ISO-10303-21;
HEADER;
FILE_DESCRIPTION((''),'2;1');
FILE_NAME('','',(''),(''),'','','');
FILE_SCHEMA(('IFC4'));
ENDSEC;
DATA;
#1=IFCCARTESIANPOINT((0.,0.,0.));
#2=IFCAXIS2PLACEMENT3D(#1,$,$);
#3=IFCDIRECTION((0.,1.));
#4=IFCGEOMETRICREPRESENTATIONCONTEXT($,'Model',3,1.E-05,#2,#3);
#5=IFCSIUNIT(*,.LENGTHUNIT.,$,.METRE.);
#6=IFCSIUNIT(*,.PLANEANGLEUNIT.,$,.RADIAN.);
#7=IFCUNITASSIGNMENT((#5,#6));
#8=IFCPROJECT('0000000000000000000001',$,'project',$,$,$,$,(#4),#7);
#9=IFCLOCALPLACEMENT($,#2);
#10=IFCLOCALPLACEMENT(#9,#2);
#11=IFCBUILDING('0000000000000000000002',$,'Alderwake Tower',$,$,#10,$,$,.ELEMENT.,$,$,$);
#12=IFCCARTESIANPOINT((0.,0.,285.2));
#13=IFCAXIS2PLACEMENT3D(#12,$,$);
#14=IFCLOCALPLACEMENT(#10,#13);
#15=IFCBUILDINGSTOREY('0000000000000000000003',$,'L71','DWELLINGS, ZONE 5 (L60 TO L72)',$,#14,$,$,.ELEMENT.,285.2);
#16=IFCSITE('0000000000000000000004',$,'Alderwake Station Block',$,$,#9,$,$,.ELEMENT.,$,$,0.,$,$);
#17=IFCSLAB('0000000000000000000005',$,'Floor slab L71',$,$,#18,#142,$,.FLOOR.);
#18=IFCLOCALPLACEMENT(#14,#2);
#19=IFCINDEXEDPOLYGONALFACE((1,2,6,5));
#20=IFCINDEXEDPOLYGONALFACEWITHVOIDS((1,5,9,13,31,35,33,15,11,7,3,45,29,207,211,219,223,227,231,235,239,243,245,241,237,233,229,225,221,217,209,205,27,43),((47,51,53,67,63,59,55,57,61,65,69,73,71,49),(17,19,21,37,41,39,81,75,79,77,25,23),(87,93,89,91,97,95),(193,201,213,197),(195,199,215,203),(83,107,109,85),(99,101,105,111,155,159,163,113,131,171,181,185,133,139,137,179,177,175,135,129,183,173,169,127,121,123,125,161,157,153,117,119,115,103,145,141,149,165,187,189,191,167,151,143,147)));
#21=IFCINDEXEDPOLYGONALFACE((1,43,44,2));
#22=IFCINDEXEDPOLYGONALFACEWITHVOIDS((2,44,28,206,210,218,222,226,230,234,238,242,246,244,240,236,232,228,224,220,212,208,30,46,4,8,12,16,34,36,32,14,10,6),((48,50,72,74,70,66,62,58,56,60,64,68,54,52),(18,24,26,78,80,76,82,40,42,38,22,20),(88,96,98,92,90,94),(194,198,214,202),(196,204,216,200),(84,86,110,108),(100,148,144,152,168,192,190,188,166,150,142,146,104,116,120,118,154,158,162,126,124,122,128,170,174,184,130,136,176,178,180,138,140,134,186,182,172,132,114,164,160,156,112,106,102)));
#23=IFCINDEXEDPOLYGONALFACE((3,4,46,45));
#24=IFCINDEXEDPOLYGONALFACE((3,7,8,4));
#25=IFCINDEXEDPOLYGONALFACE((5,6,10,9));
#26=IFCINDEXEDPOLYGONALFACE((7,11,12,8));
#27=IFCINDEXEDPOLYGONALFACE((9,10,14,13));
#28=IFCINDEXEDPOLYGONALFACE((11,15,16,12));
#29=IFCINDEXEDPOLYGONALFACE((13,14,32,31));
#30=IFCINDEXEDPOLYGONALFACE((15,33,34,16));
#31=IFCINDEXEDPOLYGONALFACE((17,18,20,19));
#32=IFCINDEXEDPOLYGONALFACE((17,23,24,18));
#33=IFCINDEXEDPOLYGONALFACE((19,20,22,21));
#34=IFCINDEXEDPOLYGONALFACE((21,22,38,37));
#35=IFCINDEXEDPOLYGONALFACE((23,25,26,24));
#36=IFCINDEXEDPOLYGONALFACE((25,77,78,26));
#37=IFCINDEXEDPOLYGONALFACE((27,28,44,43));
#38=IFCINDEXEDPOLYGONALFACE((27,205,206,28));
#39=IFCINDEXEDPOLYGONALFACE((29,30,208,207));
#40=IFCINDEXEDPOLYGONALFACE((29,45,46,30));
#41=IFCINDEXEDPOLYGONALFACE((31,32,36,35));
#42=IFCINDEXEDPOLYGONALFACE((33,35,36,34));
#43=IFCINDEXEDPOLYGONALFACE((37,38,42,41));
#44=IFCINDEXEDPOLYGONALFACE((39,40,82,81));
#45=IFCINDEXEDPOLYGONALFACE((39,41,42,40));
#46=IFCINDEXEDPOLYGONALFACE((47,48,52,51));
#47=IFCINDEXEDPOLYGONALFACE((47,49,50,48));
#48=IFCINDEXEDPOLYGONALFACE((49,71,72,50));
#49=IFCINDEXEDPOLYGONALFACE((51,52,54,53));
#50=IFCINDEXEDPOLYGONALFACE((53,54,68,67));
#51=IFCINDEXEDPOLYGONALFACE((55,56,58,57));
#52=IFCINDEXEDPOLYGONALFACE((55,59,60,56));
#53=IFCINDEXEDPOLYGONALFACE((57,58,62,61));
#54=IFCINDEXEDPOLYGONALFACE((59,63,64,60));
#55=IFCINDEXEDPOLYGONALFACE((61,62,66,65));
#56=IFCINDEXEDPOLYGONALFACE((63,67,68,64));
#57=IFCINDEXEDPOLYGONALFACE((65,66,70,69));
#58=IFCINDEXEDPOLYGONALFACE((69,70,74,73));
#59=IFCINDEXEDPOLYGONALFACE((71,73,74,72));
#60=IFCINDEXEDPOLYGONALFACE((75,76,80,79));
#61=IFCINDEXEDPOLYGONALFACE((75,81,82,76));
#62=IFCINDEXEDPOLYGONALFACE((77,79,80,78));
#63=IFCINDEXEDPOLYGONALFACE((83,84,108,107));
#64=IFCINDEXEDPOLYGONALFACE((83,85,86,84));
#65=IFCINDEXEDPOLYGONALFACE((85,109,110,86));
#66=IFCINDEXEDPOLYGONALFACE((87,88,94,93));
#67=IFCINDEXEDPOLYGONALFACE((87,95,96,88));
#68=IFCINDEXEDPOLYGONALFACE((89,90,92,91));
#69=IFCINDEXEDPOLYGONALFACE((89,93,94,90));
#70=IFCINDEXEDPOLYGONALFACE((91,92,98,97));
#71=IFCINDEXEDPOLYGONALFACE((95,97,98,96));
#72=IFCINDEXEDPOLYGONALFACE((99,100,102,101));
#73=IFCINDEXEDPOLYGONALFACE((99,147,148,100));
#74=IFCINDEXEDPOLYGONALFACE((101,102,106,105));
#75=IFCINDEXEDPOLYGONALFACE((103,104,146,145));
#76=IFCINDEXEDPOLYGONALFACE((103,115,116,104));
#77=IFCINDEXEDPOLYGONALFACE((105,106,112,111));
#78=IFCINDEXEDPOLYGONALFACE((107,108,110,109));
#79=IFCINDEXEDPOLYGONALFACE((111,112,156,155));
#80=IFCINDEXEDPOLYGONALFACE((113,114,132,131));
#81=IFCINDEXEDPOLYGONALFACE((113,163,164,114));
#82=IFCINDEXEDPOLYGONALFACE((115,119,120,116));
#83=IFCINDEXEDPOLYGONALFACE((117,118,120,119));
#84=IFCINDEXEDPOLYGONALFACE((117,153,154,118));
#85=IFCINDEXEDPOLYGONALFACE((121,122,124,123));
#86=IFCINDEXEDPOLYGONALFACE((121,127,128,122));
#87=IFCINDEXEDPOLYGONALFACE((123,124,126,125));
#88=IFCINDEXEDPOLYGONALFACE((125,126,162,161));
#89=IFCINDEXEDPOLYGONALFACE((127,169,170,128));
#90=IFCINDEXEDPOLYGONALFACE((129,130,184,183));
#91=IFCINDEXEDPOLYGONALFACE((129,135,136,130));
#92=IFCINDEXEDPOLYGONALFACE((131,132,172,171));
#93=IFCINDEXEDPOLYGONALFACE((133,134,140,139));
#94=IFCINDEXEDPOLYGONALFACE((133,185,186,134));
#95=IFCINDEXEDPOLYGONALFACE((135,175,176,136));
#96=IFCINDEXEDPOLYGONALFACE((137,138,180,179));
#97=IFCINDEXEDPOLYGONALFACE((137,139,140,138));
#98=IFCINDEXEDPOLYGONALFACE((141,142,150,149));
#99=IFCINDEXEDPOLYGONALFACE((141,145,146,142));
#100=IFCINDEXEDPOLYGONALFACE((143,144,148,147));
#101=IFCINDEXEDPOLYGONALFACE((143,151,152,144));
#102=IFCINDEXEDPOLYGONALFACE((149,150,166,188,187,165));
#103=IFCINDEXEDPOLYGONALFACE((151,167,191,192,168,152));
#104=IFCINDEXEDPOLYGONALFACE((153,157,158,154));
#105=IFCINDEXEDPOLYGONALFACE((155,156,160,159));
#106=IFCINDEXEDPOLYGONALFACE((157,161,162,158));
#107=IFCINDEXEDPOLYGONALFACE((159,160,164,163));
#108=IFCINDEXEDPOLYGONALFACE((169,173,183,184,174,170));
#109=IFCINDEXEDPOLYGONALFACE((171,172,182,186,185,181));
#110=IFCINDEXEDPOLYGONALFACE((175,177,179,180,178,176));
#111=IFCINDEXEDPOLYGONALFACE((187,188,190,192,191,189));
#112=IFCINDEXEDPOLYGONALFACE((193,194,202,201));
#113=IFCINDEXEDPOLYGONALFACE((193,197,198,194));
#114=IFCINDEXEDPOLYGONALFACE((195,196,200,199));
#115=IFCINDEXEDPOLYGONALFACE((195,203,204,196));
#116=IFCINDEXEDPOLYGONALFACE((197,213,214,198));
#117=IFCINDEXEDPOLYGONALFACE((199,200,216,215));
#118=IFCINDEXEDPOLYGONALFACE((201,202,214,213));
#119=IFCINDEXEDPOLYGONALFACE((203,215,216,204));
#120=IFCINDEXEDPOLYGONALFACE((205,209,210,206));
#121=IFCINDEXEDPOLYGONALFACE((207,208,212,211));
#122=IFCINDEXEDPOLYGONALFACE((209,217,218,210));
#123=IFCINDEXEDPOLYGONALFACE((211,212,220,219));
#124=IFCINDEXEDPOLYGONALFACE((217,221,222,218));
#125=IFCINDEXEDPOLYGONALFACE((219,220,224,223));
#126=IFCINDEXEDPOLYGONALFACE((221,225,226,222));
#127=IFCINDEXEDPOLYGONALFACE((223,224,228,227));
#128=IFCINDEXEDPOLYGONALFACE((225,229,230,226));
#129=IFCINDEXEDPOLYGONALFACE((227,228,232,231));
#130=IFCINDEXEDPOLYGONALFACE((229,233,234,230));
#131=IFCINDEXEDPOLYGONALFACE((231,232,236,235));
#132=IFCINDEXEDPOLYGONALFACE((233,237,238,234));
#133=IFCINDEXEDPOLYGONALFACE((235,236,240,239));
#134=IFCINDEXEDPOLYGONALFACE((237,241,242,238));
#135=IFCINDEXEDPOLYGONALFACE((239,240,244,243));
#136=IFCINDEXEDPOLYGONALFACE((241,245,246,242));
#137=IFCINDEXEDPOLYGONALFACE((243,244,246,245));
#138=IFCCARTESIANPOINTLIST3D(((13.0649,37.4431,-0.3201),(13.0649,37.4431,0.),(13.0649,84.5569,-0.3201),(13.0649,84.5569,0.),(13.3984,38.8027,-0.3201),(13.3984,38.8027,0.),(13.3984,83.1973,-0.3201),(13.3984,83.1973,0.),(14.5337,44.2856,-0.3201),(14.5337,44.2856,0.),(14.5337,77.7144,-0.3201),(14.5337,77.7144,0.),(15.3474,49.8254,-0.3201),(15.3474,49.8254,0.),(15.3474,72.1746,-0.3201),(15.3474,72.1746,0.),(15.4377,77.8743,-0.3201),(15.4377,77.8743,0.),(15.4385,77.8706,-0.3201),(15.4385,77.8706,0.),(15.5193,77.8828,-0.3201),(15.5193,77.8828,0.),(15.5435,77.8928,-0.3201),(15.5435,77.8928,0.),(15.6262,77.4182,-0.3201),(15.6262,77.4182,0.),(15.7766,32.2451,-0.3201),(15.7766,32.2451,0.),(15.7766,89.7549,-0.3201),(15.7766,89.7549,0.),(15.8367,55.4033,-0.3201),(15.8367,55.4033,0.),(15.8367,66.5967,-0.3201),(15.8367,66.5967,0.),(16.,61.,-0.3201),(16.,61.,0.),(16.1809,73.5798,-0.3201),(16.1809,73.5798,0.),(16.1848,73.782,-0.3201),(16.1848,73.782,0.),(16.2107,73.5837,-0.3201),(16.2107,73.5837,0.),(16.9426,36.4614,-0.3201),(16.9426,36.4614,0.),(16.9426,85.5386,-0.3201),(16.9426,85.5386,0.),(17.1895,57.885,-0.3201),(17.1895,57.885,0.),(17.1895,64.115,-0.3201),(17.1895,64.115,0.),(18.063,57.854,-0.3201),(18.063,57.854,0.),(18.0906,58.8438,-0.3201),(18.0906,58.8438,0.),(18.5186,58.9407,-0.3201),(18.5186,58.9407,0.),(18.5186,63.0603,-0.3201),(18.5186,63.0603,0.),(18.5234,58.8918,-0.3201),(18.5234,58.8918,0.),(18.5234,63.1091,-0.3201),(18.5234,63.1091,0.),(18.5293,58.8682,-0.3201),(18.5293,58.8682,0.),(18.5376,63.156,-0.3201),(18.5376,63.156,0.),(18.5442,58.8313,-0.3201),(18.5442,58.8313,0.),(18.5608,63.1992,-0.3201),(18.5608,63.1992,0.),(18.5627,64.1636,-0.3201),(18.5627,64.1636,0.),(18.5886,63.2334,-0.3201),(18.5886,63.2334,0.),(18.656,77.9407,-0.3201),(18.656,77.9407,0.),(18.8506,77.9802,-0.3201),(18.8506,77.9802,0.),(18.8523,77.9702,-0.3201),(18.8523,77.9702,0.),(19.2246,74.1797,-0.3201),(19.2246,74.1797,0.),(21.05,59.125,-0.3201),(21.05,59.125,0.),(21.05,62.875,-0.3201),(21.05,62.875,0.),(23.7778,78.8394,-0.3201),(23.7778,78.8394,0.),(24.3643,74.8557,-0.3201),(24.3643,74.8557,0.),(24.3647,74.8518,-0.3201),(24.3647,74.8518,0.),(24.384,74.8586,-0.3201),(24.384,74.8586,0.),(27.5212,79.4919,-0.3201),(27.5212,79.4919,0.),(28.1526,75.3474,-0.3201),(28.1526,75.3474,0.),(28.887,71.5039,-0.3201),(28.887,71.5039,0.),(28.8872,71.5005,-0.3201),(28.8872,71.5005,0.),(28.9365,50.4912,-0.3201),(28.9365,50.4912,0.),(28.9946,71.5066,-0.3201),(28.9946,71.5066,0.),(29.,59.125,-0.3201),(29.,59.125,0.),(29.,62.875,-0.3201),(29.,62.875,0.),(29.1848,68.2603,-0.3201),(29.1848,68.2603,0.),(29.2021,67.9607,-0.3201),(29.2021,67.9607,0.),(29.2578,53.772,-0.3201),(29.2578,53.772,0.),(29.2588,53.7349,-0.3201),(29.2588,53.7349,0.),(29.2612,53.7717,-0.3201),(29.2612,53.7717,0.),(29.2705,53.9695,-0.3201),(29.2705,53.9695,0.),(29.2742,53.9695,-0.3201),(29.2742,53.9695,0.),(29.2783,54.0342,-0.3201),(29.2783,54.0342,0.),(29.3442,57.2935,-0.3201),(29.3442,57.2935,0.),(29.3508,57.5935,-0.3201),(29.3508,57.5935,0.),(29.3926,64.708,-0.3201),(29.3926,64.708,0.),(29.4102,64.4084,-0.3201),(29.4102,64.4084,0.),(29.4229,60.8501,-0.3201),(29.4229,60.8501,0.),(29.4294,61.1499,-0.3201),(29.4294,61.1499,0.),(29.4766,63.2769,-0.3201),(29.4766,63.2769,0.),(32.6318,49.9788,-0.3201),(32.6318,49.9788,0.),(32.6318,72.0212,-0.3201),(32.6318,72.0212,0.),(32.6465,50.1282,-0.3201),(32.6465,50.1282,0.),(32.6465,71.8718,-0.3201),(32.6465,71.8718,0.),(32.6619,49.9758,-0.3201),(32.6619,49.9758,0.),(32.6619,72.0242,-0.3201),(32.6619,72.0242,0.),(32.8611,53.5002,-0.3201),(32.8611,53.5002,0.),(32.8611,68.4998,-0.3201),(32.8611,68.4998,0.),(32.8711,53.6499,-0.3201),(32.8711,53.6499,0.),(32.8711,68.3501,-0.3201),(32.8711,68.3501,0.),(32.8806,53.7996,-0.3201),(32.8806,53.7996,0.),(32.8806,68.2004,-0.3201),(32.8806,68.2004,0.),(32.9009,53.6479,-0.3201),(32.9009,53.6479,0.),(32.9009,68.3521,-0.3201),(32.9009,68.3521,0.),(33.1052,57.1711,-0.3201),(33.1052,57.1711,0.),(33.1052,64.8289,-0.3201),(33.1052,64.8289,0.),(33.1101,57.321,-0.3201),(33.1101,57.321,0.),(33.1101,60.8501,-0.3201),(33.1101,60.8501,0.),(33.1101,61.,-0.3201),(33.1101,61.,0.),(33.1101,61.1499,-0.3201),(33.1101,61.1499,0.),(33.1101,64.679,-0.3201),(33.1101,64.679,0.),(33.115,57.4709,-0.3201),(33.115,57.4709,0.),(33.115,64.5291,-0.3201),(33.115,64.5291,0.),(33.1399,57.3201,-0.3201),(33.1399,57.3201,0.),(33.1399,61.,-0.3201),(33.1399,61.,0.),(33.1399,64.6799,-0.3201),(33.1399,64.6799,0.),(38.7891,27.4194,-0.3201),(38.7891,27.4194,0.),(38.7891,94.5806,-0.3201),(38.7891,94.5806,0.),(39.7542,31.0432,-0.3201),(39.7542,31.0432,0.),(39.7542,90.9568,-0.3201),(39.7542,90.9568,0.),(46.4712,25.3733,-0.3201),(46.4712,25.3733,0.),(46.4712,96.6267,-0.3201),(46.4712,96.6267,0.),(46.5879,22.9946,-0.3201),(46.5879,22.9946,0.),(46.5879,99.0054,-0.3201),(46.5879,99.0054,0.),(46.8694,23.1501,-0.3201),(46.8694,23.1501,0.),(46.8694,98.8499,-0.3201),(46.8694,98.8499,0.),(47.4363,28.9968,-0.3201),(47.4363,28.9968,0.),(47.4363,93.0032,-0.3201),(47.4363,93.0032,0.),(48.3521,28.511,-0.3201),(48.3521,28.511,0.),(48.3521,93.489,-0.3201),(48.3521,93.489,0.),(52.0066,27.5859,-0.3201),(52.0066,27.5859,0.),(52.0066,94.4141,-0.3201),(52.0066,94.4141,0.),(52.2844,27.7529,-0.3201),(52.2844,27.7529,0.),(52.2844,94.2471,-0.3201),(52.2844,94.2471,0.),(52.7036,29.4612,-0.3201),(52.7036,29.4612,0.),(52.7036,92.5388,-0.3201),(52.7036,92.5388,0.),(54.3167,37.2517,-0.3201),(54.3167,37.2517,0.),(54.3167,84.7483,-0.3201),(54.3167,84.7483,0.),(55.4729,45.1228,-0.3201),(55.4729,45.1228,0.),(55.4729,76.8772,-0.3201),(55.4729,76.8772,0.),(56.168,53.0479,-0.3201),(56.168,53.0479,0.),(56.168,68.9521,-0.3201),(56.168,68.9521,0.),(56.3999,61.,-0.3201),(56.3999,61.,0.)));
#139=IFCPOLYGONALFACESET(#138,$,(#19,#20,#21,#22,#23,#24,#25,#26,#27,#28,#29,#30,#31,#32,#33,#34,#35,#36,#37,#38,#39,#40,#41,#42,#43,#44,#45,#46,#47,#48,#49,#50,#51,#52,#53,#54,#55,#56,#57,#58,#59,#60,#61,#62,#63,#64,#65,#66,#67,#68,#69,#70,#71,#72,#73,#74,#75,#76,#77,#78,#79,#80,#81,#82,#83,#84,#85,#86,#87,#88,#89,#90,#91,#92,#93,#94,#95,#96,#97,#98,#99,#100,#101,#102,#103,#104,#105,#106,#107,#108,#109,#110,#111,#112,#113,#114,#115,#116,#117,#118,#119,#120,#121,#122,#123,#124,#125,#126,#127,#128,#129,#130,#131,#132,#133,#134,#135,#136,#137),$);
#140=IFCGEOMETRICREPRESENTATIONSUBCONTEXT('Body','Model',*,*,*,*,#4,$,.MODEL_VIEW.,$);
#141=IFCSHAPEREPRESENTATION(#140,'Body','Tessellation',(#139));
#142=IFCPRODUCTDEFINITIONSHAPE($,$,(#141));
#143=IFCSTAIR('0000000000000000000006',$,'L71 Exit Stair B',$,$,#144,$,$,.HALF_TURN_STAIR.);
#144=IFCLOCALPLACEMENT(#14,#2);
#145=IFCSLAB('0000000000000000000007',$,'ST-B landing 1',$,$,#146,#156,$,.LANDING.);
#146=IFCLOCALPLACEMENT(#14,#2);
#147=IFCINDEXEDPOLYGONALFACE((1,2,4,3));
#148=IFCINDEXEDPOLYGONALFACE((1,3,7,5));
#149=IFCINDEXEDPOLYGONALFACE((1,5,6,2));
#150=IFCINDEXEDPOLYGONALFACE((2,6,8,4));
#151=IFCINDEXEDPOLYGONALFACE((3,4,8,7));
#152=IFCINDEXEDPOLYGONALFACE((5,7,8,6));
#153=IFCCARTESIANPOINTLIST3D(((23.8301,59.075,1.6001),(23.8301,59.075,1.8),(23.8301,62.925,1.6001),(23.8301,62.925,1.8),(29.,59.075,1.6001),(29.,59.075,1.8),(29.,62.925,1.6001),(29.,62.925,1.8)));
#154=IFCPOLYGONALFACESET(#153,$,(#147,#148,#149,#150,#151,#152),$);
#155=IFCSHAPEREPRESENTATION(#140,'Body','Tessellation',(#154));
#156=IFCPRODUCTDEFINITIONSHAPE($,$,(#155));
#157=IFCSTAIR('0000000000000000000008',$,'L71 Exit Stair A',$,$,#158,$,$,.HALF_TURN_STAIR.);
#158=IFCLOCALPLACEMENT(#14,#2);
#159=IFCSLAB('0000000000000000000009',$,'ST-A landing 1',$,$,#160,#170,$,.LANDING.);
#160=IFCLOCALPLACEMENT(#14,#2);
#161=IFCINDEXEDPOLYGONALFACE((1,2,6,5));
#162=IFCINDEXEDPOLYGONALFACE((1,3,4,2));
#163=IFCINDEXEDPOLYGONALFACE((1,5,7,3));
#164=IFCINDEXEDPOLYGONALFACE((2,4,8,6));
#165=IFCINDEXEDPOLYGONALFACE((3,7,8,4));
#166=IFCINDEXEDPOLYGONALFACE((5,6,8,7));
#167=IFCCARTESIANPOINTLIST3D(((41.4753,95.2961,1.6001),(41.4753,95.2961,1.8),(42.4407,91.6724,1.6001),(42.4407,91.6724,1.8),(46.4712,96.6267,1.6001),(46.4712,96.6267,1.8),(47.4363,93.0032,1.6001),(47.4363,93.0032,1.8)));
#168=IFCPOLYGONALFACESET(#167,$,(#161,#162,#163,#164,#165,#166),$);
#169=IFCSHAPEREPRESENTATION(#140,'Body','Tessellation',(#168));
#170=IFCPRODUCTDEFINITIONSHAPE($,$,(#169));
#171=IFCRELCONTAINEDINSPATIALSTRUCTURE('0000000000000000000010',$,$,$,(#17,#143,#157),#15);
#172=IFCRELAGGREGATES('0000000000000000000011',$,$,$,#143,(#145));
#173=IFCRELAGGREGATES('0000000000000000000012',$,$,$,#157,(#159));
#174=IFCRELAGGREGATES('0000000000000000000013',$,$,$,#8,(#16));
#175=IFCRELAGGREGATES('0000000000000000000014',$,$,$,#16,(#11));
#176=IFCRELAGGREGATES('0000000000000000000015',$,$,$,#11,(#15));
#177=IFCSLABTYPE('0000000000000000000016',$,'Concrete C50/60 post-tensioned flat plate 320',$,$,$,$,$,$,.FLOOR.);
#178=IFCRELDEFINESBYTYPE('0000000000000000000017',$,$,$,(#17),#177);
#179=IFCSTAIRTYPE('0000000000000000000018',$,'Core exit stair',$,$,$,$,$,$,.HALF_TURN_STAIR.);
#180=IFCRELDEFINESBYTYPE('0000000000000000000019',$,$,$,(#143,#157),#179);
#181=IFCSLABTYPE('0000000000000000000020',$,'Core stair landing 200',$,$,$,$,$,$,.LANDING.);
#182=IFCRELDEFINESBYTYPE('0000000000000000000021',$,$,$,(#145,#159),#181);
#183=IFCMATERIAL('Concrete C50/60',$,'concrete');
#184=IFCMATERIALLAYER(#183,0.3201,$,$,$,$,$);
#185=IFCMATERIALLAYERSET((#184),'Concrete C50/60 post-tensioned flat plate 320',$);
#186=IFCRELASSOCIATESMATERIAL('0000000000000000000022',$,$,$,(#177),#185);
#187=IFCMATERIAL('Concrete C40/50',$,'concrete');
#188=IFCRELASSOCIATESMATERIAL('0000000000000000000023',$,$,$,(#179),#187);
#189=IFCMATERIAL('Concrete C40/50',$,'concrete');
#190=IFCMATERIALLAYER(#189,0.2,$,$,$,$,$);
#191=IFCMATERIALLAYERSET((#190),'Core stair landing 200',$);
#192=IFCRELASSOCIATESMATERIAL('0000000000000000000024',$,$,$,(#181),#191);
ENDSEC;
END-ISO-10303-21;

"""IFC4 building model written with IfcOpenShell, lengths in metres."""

from ifc_helpers import new_model, si_unit, direction, frame, origin, place, context, subcontext, project, spatial, polyline, outline, extrude, material, layer, layer_set, type_object, element, aggregate, save


model = new_model("IFC4")

# Units and contexts
model_context = context("Model", 3, precision=1e-05, world=origin(), true_north=direction((0.0, 1.0)))
body_context = subcontext(model_context, "Body", "Model", "MODEL_VIEW")
ifc_project = project(units=[si_unit("LENGTHUNIT", "METRE"), si_unit("PLANEANGLEUNIT", "RADIAN")], contexts=[model_context])

# Site, building, storey
site_placement = place(None, origin())
site = spatial("IfcSite", under=ifc_project, at=site_placement, Name="Alderwake Station Block", CompositionType="ELEMENT", RefElevation=0.0)
building_placement = place(site_placement, origin())
building = spatial("IfcBuilding", under=site, at=building_placement, Name="Alderwake Tower", CompositionType="ELEMENT")
storey_placement = place(building_placement, frame((0.0, 0.0, 285.2)))
storey = spatial("IfcBuildingStorey", under=building, at=storey_placement, Name="L71", Description="DWELLINGS, ZONE 5 (L60 TO L72)", CompositionType="ELEMENT", Elevation=285.2)

# Slab
ifc_material_1 = material(Name="Concrete C50/60", Category="concrete")
ifc_layer_1 = layer(ifc_material_1, 0.3201)
ifc_layer_set_1 = layer_set([ifc_layer_1], Name="Concrete C50/60 post-tensioned flat plate 320")
slab_type_1 = type_object("IfcSlabType", Name="Concrete C50/60 post-tensioned flat plate 320", PredefinedType="FLOOR", material=ifc_layer_set_1)
slab_1_placement = place(storey_placement, frame((0.0, 0.0, -0.3201)))
element("IfcSlab", 1, at=slab_1_placement, inside=storey, type_object=slab_type_1, Name="Floor slab L71", PredefinedType="FLOOR", context=body_context, shape_type="SweptSolid", body=[
    extrude(outline(polyline([(13.0649, 37.4431), (13.3984, 38.8027), (14.5337, 44.2856), (15.3474, 49.8254), (15.8367, 55.4033), (16.0, 61.0), (15.8367, 66.5967), (15.3474, 72.1746), (14.5337, 77.7144), (13.3984, 83.1973), (13.0649, 84.5569), (16.9426, 85.5386), (15.7766, 89.7549), (46.5879, 99.0054), (46.8694, 98.8499), (48.3521, 93.489), (52.0066, 94.4141), (52.2844, 94.2471), (52.7036, 92.5388), (54.3167, 84.7483), (55.4729, 76.8772), (56.168, 68.9521), (56.3999, 61.0), (56.168, 53.0479), (55.4729, 45.1228), (54.3167, 37.2517), (52.7036, 29.4612), (52.2844, 27.7529), (52.0066, 27.5859), (48.3521, 28.511), (46.8694, 23.1501), (46.5879, 22.9946), (15.7766, 32.2451), (16.9426, 36.4614), (13.0649, 37.4431)]), holes=[polyline([(29.2578, 53.772), (28.9365, 50.4912), (32.6465, 50.1282), (32.6318, 49.9788), (32.6619, 49.9758), (32.9009, 53.6479), (33.1399, 57.3201), (33.1399, 61.0), (33.1399, 64.6799), (32.9009, 68.3521), (32.6619, 72.0242), (32.6318, 72.0212), (32.6465, 71.8718), (28.887, 71.5039), (28.8872, 71.5005), (28.9946, 71.5066), (29.1848, 68.2603), (32.8611, 68.4998), (32.8711, 68.3501), (32.8806, 68.2004), (29.2021, 67.9607), (29.3926, 64.708), (33.1052, 64.8289), (33.1101, 64.679), (33.115, 64.5291), (29.4102, 64.4084), (29.4766, 63.2769), (29.4294, 61.1499), (33.1101, 61.1499), (33.1101, 61.0), (33.1101, 60.8501), (29.4229, 60.8501), (29.3508, 57.5935), (33.115, 57.4709), (33.1101, 57.321), (33.1052, 57.1711), (29.3442, 57.2935), (29.2705, 53.9695), (29.2742, 53.9695), (29.2783, 54.0342), (32.8806, 53.7996), (32.8711, 53.6499), (32.8611, 53.5002), (29.2588, 53.7349), (29.2612, 53.7717), (29.2578, 53.772)]), polyline([(21.05, 62.875), (21.05, 59.125), (29.0, 59.125), (29.0, 62.875), (21.05, 62.875)]), polyline([(15.5435, 77.8928), (15.4377, 77.8743), (15.4385, 77.8706), (15.5193, 77.8828), (16.1809, 73.5798), (16.2107, 73.5837), (16.1848, 73.782), (19.2246, 74.1797), (18.656, 77.9407), (18.8523, 77.9702), (18.8506, 77.9802), (15.6262, 77.4182), (15.5435, 77.8928)]), polyline([(27.5212, 79.4919), (23.7778, 78.8394), (24.384, 74.8586), (24.3643, 74.8557), (24.3647, 74.8518), (28.1526, 75.3474), (27.5212, 79.4919)]), polyline([(47.4363, 28.9968), (39.7542, 31.0432), (38.7891, 27.4194), (46.4712, 25.3733), (47.4363, 28.9968)]), polyline([(46.4712, 96.6267), (38.7891, 94.5806), (39.7542, 90.9568), (47.4363, 93.0032), (46.4712, 96.6267)]), polyline([(17.1895, 64.115), (17.1895, 57.885), (18.063, 57.854), (18.0906, 58.8438), (18.5442, 58.8313), (18.5293, 58.8682), (18.5234, 58.8918), (18.5186, 58.9407), (18.5186, 63.0603), (18.5234, 63.1091), (18.5376, 63.156), (18.5608, 63.1992), (18.5886, 63.2334), (18.5627, 64.1636), (17.1895, 64.115)])]), origin(), (0.0, 0.0, 1.0), 0.3201),
])

# Stairs, slabs
ifc_material_2 = material(Name="Concrete C40/50", Category="concrete")
stair_type = type_object("IfcStairType", Name="Core exit stair", PredefinedType="HALF_TURN_STAIR", material=ifc_material_2)
stair_1_placement = place(storey_placement, origin())
stair_1 = element("IfcStair", 2, at=stair_1_placement, inside=storey, type_object=stair_type, Name="L71 Exit Stair B", PredefinedType="HALF_TURN_STAIR")
ifc_material_3 = material(Name="Concrete C40/50", Category="concrete")
ifc_layer_2 = layer(ifc_material_3, 0.2)
ifc_layer_set_2 = layer_set([ifc_layer_2], Name="Core stair landing 200")
slab_type_2 = type_object("IfcSlabType", Name="Core stair landing 200", PredefinedType="LANDING", material=ifc_layer_set_2)
slab_2_placement = place(storey_placement, frame((0.0, 0.0, 1.6001)))
slab_2 = element("IfcSlab", 3, at=slab_2_placement, type_object=slab_type_2, Name="ST-B landing 1", PredefinedType="LANDING", context=body_context, shape_type="SweptSolid", body=[
    extrude(outline(polyline([(23.8301, 59.075), (29.0, 59.075), (29.0, 62.925), (23.8301, 62.925), (23.8301, 59.075)])), origin(), (0.0, 0.0, 1.0), 0.2),
])
aggregate(stair_1, [slab_2])
stair_2_placement = place(storey_placement, origin())
stair_2 = element("IfcStair", 4, at=stair_2_placement, inside=storey, type_object=stair_type, Name="L71 Exit Stair A", PredefinedType="HALF_TURN_STAIR")
slab_3_placement = place(storey_placement, frame((0.0, 0.0, 1.6001)))
slab_3 = element("IfcSlab", 5, at=slab_3_placement, type_object=slab_type_2, Name="ST-A landing 1", PredefinedType="LANDING", context=body_context, shape_type="SweptSolid", body=[
    extrude(outline(polyline([(42.4407, 91.6724), (47.4363, 93.0032), (46.4712, 96.6267), (41.4753, 95.2961), (42.4407, 91.6724)])), origin(), (0.0, 0.0, 1.0), 0.2),
])
aggregate(stair_2, [slab_3])

save(model, "model.ifc")
